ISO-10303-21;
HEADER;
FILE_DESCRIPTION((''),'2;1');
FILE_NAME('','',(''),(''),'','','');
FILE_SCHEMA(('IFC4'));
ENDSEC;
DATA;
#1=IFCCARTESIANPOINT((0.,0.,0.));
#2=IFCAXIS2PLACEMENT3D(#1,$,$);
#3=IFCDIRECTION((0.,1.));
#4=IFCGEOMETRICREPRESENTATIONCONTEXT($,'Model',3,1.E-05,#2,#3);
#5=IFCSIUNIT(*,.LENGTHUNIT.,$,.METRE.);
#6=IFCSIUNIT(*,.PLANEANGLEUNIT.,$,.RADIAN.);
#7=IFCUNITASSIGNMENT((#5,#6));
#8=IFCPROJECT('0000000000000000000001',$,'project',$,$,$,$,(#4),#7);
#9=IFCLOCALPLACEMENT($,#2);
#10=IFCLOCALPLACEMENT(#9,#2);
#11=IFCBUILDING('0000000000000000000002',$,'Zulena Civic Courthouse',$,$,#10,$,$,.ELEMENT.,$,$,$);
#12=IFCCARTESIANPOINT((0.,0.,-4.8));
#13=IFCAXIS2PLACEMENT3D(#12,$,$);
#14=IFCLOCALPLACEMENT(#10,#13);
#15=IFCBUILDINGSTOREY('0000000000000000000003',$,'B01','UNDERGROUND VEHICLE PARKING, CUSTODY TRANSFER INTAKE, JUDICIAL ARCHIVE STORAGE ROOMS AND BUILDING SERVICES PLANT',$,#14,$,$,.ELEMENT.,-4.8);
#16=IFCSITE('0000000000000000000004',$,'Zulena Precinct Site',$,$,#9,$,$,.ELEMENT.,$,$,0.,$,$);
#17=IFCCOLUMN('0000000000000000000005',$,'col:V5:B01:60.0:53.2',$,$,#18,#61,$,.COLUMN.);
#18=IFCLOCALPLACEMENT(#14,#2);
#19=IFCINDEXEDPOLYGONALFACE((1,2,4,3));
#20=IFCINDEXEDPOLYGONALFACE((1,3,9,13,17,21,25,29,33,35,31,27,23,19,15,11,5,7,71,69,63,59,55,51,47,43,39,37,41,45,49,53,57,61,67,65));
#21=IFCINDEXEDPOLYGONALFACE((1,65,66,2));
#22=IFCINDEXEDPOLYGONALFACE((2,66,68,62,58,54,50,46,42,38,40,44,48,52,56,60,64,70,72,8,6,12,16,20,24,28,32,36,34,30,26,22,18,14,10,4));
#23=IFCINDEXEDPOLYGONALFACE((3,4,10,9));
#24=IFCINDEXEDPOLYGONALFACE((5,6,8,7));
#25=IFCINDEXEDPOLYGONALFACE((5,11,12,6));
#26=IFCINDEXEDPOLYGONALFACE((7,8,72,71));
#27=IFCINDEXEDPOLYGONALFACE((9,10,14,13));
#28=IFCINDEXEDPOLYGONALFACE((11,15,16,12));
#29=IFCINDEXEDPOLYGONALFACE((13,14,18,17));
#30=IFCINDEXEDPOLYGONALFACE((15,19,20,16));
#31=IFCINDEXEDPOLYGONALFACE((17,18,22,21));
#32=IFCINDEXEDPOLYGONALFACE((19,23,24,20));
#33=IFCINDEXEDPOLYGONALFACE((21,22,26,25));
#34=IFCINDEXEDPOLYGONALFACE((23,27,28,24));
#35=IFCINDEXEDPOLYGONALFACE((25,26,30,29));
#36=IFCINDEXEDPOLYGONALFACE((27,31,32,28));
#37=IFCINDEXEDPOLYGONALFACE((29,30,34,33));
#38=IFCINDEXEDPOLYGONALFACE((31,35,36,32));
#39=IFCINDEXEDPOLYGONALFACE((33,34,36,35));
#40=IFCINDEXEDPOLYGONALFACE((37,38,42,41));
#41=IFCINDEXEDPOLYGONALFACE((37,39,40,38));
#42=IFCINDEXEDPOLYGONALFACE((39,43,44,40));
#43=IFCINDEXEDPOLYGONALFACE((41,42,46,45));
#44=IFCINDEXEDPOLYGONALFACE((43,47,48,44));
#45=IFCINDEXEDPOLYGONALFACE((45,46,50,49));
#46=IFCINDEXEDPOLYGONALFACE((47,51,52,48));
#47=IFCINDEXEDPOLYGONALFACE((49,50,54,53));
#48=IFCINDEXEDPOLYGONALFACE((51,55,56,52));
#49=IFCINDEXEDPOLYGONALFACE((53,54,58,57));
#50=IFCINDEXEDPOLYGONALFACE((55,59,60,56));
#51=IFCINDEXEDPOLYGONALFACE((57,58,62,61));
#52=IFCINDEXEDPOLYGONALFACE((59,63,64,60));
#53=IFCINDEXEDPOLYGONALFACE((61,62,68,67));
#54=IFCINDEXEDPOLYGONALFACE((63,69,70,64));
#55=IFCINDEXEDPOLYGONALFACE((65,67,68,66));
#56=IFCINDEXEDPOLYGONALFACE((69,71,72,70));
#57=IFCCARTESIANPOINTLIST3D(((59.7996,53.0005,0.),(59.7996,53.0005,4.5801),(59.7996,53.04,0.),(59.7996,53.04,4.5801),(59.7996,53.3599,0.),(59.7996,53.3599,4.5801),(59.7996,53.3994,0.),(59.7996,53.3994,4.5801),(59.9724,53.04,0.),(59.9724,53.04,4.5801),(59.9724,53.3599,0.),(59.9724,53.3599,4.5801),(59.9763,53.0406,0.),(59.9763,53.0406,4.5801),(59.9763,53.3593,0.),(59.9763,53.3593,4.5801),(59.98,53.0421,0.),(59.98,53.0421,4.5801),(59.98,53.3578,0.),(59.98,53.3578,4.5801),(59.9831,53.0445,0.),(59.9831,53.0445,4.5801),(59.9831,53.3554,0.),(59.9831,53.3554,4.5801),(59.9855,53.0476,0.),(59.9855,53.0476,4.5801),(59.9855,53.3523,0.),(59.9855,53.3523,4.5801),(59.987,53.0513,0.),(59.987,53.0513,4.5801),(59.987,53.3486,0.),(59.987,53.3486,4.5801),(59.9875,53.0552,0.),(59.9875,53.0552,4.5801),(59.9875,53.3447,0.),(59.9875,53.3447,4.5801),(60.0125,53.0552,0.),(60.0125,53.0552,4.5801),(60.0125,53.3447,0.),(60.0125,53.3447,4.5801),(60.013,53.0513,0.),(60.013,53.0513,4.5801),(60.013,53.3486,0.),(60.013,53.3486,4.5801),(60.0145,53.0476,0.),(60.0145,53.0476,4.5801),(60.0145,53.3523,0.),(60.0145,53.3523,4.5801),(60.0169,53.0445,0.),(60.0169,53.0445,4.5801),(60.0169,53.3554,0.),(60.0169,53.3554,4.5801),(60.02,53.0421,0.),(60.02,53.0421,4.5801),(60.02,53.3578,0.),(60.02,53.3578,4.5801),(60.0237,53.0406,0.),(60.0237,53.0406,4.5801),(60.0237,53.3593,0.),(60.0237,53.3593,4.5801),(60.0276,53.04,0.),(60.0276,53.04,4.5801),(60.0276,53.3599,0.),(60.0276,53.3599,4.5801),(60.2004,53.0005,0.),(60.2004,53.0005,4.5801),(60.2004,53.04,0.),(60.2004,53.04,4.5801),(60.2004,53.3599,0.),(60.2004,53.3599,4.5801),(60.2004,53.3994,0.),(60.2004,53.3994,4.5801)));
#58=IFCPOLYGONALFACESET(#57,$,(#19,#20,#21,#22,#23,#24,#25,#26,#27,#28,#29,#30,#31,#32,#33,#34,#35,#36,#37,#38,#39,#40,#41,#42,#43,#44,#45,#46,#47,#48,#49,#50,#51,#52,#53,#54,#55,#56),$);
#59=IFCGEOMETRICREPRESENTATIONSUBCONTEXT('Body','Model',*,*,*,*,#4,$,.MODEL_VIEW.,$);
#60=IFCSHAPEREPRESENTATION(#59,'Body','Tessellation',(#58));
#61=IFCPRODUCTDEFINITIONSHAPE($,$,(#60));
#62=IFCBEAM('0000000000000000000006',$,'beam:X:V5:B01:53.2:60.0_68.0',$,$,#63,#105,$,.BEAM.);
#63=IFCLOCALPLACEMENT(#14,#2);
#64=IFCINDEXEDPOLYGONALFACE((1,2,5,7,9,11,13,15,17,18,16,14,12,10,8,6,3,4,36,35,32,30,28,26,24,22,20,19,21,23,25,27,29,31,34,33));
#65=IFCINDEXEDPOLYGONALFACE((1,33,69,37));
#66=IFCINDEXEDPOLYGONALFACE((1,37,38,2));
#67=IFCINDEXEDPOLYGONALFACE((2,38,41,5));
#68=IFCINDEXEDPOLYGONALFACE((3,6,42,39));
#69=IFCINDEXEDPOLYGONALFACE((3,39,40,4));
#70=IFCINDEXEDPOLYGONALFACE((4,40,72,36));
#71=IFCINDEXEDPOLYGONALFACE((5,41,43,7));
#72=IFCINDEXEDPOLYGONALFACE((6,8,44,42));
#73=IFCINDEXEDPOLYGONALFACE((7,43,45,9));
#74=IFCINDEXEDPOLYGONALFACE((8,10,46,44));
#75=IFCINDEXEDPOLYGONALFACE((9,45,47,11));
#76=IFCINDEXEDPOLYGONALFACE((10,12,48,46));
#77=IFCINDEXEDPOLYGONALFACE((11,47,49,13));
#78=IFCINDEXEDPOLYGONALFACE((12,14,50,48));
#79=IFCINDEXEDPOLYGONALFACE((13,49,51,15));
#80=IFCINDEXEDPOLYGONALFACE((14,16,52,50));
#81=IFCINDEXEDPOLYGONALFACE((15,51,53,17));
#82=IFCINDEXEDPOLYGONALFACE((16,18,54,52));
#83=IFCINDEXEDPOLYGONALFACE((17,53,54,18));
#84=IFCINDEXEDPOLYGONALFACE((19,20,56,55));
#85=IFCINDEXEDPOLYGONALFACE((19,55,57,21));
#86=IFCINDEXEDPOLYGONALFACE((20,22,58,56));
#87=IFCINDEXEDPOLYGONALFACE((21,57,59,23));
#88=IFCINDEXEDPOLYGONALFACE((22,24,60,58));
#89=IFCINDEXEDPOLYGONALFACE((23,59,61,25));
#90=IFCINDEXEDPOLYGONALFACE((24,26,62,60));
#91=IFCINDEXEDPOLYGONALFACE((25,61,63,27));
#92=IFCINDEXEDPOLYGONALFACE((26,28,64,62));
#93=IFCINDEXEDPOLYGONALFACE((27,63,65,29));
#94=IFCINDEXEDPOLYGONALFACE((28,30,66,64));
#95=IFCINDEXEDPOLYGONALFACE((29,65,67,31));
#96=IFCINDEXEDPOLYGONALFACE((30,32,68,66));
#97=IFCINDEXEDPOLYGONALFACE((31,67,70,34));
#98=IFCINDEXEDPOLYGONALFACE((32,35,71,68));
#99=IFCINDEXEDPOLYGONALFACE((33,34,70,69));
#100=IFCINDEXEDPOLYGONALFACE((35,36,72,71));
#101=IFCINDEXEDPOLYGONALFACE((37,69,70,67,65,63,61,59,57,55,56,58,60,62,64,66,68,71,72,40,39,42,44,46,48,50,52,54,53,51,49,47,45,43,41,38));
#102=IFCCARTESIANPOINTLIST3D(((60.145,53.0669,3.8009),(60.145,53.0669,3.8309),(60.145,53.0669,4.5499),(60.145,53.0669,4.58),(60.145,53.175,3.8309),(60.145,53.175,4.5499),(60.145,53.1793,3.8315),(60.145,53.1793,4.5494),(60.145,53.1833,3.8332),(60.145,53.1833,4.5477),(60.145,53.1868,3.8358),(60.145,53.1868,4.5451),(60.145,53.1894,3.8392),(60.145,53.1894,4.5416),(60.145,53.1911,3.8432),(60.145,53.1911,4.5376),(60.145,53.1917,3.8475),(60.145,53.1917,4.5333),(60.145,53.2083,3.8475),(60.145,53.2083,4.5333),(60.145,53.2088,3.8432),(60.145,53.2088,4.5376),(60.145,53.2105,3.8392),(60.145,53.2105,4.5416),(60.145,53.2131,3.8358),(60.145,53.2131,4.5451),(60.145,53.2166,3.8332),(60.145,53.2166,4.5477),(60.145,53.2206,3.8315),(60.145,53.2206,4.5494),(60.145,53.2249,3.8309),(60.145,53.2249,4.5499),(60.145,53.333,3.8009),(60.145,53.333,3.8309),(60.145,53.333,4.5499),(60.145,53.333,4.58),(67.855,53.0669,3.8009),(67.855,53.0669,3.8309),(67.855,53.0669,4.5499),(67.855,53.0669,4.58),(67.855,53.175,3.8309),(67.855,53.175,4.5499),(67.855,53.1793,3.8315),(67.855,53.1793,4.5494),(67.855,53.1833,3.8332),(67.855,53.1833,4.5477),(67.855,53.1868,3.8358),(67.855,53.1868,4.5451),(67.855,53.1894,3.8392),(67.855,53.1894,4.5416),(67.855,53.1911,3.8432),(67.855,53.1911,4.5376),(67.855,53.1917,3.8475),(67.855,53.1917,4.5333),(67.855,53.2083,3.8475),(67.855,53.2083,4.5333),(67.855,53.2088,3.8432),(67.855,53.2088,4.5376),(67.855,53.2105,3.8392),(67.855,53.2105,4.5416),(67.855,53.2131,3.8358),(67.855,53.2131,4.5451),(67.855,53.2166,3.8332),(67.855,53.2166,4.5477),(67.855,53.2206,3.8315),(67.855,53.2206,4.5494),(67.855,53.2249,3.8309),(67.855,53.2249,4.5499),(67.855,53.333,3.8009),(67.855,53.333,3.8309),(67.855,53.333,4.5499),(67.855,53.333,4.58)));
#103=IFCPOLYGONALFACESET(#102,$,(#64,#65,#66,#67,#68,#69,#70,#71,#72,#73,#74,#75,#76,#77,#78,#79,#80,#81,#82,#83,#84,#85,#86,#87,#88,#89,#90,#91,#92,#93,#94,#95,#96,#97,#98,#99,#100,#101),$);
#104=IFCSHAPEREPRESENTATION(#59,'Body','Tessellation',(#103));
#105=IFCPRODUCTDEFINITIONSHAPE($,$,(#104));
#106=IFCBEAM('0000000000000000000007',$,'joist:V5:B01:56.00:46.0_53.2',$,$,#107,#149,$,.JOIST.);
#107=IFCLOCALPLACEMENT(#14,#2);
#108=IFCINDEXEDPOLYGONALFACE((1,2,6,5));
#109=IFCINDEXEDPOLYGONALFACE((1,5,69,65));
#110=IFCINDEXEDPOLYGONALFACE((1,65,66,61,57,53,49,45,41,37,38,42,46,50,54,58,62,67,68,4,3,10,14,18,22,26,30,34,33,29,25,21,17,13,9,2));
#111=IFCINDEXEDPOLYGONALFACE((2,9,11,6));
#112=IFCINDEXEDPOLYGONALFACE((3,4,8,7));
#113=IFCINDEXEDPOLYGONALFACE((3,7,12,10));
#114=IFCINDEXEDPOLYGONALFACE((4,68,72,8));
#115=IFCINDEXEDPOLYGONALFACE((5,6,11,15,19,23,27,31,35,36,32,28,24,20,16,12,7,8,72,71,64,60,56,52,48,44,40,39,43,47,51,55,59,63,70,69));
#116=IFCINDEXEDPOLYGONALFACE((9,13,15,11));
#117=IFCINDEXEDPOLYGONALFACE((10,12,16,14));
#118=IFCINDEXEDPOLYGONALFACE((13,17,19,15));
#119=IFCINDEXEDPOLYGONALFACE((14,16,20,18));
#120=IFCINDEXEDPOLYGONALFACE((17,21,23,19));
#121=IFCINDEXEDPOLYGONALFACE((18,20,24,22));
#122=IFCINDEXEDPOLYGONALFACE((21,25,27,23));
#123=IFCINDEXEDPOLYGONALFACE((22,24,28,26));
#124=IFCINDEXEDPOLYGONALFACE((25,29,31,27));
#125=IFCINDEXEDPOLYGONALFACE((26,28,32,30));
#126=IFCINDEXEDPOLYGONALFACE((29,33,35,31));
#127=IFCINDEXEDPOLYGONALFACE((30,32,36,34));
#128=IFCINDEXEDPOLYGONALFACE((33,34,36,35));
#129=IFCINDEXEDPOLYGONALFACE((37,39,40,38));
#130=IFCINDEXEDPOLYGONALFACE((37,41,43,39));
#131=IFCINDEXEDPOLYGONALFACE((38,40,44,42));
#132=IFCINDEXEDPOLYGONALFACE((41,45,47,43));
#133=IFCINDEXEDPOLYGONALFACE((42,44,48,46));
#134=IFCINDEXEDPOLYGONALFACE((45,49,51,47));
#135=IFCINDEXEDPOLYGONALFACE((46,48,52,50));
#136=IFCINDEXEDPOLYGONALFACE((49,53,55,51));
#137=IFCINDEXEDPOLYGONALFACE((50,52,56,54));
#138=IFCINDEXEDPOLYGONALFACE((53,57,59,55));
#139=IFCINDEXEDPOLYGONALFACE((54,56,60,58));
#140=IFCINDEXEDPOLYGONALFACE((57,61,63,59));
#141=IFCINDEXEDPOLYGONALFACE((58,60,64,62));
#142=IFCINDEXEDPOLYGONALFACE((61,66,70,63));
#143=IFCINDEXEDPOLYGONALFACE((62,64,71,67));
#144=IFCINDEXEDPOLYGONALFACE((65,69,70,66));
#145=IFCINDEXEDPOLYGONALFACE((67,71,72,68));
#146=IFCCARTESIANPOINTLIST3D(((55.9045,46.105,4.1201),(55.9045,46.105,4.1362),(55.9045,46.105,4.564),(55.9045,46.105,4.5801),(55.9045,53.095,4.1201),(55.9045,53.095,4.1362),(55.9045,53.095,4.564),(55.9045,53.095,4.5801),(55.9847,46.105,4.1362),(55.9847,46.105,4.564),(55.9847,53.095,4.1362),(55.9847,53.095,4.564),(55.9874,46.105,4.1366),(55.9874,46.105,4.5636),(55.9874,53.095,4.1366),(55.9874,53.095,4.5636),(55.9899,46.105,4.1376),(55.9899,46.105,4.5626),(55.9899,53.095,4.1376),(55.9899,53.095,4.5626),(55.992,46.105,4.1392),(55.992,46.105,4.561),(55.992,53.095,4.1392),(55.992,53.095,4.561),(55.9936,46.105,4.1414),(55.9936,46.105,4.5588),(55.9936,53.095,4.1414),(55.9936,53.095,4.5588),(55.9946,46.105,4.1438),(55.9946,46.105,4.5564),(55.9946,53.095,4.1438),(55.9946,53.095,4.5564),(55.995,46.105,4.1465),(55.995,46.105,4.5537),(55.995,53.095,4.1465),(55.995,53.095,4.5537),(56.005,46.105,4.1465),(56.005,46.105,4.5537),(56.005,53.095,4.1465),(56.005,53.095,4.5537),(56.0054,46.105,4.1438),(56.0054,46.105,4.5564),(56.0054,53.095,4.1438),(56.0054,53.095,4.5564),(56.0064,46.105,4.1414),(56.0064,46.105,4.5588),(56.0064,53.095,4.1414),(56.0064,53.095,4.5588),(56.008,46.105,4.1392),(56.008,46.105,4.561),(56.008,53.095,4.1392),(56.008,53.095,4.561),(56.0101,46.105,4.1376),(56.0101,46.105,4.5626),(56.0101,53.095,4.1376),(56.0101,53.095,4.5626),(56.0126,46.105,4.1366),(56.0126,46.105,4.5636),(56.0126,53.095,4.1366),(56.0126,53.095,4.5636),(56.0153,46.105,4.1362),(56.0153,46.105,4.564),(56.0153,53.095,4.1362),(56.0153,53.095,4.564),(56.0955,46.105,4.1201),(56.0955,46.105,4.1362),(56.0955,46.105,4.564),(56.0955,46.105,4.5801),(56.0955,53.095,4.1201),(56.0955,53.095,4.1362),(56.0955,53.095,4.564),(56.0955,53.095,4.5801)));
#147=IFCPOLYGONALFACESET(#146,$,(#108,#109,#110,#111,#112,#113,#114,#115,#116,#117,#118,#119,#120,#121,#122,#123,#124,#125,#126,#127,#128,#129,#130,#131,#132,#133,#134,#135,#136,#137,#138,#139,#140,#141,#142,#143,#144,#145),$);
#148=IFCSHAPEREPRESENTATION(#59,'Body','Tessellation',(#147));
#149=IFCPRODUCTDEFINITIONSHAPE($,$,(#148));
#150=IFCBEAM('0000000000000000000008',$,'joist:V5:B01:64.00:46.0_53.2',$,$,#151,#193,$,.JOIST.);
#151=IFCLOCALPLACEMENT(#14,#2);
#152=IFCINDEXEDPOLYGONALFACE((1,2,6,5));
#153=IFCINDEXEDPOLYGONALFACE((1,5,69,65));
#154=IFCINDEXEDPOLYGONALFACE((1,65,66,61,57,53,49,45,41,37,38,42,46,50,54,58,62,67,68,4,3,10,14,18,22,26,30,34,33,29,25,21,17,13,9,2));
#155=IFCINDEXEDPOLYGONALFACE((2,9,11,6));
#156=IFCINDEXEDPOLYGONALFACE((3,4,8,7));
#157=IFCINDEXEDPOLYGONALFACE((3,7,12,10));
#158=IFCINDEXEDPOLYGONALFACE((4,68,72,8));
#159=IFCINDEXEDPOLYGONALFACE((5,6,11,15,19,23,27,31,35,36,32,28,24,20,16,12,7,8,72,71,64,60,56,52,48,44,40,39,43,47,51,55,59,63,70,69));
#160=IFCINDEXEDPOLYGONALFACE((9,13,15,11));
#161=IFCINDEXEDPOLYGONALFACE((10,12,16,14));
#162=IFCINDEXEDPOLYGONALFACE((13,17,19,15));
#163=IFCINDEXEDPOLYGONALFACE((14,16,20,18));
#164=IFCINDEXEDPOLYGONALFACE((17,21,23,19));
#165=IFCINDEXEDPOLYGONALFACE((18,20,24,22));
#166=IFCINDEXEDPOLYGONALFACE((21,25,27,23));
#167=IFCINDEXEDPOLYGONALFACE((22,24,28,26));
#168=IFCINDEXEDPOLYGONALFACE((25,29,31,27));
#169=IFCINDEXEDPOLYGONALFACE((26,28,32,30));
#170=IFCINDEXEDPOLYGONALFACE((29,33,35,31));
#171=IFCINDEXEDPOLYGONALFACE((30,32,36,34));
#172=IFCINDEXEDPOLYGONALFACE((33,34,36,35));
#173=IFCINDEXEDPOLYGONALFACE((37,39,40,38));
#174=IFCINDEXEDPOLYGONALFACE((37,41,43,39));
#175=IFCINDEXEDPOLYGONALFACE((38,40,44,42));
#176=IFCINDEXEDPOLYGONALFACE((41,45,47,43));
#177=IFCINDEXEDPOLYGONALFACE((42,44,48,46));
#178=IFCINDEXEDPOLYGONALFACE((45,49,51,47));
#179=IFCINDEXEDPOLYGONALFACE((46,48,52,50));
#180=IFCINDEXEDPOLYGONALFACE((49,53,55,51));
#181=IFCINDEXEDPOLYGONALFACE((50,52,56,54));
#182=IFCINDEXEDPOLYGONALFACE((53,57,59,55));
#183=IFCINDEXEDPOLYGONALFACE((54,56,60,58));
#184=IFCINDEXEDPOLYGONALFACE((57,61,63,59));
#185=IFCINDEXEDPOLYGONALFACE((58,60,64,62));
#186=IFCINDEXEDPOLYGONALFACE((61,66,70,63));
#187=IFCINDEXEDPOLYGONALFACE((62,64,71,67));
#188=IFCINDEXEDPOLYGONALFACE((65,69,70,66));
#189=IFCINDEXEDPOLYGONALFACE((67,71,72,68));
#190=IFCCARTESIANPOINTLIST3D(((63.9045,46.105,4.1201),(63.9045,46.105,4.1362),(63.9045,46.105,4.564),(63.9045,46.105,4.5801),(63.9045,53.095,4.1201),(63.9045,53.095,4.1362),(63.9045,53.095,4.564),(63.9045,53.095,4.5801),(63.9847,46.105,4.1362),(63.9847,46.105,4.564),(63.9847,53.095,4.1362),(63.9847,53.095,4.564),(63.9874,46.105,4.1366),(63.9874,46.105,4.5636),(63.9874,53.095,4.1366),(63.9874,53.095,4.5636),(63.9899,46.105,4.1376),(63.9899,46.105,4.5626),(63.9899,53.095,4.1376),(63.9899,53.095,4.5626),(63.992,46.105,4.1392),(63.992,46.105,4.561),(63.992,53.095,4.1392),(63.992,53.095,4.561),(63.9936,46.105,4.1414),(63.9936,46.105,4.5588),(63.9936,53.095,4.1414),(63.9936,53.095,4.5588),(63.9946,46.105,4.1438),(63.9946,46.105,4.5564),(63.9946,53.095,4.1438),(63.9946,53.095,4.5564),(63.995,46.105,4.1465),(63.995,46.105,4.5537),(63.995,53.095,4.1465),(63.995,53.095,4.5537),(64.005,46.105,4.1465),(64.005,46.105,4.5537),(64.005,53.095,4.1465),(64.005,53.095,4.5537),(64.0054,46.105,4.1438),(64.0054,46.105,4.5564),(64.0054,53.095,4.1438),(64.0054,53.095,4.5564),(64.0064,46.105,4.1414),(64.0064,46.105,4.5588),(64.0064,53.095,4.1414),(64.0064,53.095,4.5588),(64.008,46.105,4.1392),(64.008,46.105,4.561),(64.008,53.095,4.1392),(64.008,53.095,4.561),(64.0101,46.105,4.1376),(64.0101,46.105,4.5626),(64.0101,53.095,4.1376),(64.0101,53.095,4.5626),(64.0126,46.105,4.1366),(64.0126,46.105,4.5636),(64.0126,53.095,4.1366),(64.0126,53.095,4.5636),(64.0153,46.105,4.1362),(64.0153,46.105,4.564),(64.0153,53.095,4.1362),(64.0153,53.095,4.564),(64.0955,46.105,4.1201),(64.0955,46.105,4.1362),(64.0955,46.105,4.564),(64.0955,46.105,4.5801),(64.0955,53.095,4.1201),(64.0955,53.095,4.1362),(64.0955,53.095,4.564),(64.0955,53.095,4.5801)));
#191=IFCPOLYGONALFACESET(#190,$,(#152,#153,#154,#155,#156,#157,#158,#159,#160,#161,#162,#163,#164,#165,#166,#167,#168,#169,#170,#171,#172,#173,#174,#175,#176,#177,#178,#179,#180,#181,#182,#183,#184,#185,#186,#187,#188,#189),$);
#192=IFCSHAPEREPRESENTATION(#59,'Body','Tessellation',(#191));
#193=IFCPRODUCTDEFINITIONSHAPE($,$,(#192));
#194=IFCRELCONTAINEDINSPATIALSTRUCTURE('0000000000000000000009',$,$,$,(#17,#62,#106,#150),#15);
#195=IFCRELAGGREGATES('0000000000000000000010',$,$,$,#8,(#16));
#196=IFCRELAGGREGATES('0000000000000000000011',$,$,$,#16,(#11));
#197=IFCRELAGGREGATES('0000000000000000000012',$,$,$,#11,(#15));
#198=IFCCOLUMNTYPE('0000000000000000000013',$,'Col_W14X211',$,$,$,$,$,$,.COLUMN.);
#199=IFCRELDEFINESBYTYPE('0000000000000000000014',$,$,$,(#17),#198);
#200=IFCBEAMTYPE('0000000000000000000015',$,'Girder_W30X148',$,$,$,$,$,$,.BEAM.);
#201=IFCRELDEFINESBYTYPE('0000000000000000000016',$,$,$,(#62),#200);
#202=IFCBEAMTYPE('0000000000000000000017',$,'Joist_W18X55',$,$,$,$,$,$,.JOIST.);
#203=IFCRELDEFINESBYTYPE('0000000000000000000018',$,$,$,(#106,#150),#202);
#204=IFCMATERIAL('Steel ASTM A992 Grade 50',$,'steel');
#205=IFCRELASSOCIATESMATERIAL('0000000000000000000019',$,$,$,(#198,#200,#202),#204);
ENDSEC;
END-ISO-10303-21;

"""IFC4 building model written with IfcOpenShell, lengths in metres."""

from ifc_helpers import new_model, si_unit, direction, frame, origin, origin_2d, place, context, subcontext, project, spatial, i_section, extrude, material, material_profile, profile_set, type_object, element, save


model = new_model("IFC4")

# Units and contexts
model_context = context("Model", 3, precision=1e-05, world=origin(), true_north=direction((0.0, 1.0)))
body_context = subcontext(model_context, "Body", "Model", "MODEL_VIEW")
ifc_project = project(units=[si_unit("LENGTHUNIT", "METRE"), si_unit("PLANEANGLEUNIT", "RADIAN")], contexts=[model_context])

# Site, building, storey
site_placement = place(None, origin())
site = spatial("IfcSite", under=ifc_project, at=site_placement, Name="Zulena Precinct Site", CompositionType="ELEMENT", RefElevation=0.0)
building_placement = place(site_placement, origin())
building = spatial("IfcBuilding", under=site, at=building_placement, Name="Zulena Civic Courthouse", CompositionType="ELEMENT")
storey_placement = place(building_placement, frame((0.0, 0.0, -4.8)))
storey = spatial("IfcBuildingStorey", under=building, at=storey_placement, Name="B01", Description="UNDERGROUND VEHICLE PARKING, CUSTODY TRANSFER INTAKE, JUDICIAL ARCHIVE STORAGE ROOMS AND BUILDING SERVICES PLANT", CompositionType="ELEMENT", Elevation=-4.8)

# Column
ifc_material_1 = material(Name="Steel ASTM A992 Grade 50", Category="steel")
ifc_material_profile_1 = material_profile(ifc_material_1, i_section(OverallWidth=0.4009, OverallDepth=0.3989, WebThickness=0.0249, FlangeThickness=0.0396, FilletRadius=0.0151, at=origin_2d()), Name="W14X211")
ifc_profile_set_1 = profile_set([ifc_material_profile_1], Name="Steel ASTM A992 Grade 50")
column_type_1 = type_object("IfcColumnType", Name="Col_W14X211", PredefinedType="COLUMN", material=ifc_profile_set_1)
column_placement = place(storey_placement, frame((60.0, 53.2, 0.0), z_axis=(0.0, 0.0, 1.0), x_axis=(1.0, 0.0, 0.0)))
element("IfcColumn", 1, at=column_placement, inside=storey, type_object=column_type_1, Name="col:V5:B01:60.0:53.2", PredefinedType="COLUMN", context=body_context, shape_type="SweptSolid", body=[
    extrude(i_section(OverallWidth=0.4009, OverallDepth=0.3989, WebThickness=0.0249, FlangeThickness=0.0396, FilletRadius=0.0151, at=origin_2d()), origin(), (0.0, 0.0, 1.0), 4.5801),
])

# Beams
ifc_material_profile_2 = material_profile(ifc_material_1, i_section(OverallWidth=0.2661, OverallDepth=0.7791, WebThickness=0.0166, FlangeThickness=0.03, FilletRadius=0.0166, at=origin_2d()), Name="W30X148")
ifc_profile_set_2 = profile_set([ifc_material_profile_2], Name="Steel ASTM A992 Grade 50")
beam_type_1 = type_object("IfcBeamType", Name="Girder_W30X148", PredefinedType="BEAM", material=ifc_profile_set_2)
beam_placement = place(storey_placement, frame((60.145, 53.2, 4.1904), z_axis=(1.0, 0.0, 0.0), x_axis=(0.0, 1.0, 0.0)))
element("IfcBeam", 2, at=beam_placement, inside=storey, type_object=beam_type_1, Name="beam:X:V5:B01:53.2:60.0_68.0", PredefinedType="BEAM", context=body_context, shape_type="SweptSolid", body=[
    extrude(i_section(OverallWidth=0.2661, OverallDepth=0.7791, WebThickness=0.0166, FlangeThickness=0.03, FilletRadius=0.0166, at=origin_2d()), origin(), (0.0, 0.0, 1.0), 7.71),
])
ifc_material_profile_3 = material_profile(ifc_material_1, i_section(OverallWidth=0.1909, OverallDepth=0.46, WebThickness=0.01, FlangeThickness=0.0161, FilletRadius=0.0103, at=origin_2d()), Name="W18X55")
ifc_profile_set_3 = profile_set([ifc_material_profile_3], Name="Steel ASTM A992 Grade 50")
beam_type_2 = type_object("IfcBeamType", Name="Joist_W18X55", PredefinedType="JOIST", material=ifc_profile_set_3)
for number, where, z_axis, x_axis, name in (
    (3, (56.0, 46.105, 4.3501), (0.0, 1.0, 0.0), (-1.0, 0.0, 0.0), "joist:V5:B01:56.00:46.0_53.2"),
    (4, (64.0, 46.105, 4.3501), (0.0, 1.0, 0.0), (-1.0, 0.0, 0.0), "joist:V5:B01:64.00:46.0_53.2"),
):
    element("IfcBeam", number, at=place(storey_placement, frame(where, z_axis=z_axis, x_axis=x_axis)), inside=storey, type_object=beam_type_2, Name=name, PredefinedType="JOIST", context=body_context, shape_type="SweptSolid", body=[
        extrude(i_section(OverallWidth=0.1909, OverallDepth=0.46, WebThickness=0.01, FlangeThickness=0.0161, FilletRadius=0.0103, at=origin_2d()), origin(), (0.0, 0.0, 1.0), 6.99),
    ])

save(model, "model.ifc")
